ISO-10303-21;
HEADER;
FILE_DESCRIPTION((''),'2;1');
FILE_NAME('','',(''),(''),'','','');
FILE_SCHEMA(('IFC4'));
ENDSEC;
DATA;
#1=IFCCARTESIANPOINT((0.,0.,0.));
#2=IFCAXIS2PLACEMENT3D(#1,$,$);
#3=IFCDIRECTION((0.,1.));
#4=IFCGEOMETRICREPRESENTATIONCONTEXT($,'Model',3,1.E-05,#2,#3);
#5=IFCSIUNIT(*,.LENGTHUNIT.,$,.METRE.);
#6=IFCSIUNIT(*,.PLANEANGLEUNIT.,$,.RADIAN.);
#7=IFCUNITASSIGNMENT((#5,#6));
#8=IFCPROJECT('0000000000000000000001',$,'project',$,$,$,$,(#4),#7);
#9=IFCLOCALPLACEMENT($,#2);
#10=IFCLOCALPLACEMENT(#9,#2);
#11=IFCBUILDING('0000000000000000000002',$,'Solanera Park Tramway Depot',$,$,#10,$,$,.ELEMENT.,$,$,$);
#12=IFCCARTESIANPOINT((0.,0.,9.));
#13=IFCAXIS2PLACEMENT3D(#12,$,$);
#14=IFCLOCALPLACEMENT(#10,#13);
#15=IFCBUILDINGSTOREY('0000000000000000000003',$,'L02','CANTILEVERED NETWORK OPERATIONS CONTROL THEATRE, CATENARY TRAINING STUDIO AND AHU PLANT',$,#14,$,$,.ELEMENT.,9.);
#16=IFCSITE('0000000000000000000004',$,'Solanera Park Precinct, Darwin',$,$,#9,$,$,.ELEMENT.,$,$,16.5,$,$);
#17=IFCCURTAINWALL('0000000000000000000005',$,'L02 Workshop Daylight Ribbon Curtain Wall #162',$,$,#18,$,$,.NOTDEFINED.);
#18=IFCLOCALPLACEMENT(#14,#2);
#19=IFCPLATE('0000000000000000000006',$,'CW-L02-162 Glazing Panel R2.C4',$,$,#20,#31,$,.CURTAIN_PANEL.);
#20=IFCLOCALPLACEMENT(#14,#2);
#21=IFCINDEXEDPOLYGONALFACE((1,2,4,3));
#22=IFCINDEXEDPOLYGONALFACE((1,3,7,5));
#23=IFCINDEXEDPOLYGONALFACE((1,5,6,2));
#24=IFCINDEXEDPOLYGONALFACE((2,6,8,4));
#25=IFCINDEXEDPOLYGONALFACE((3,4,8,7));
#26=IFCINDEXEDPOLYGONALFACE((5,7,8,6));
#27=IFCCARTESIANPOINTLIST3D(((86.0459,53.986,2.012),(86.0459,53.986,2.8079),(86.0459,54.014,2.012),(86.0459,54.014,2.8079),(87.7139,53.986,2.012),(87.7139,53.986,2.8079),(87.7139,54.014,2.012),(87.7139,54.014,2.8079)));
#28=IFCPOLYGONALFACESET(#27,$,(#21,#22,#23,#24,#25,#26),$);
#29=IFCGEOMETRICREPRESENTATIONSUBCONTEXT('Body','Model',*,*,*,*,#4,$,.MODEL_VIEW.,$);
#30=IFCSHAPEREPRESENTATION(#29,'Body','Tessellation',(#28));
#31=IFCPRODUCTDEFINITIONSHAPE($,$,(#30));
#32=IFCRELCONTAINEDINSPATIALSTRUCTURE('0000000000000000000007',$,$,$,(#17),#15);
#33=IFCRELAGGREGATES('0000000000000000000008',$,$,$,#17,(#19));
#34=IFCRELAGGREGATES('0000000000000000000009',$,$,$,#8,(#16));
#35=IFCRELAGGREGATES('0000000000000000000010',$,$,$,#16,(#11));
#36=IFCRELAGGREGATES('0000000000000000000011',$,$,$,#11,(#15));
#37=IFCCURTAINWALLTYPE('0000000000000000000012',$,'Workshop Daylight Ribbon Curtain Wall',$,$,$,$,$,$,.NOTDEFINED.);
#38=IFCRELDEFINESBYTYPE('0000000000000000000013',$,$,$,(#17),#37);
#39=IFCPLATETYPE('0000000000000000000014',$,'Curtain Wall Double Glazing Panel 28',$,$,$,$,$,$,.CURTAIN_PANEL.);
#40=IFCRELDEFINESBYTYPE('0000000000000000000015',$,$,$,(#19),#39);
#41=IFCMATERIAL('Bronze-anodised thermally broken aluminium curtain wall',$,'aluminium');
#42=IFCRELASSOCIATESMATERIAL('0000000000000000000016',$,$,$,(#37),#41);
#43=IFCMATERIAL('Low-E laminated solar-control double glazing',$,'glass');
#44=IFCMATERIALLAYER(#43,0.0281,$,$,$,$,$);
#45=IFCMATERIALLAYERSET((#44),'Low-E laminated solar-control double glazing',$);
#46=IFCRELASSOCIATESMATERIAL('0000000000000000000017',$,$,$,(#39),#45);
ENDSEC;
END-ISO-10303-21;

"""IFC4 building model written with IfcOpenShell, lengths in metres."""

from ifc_helpers import new_model, si_unit, direction, frame, origin, origin_2d, place, context, subcontext, project, spatial, rectangle, extrude, material, layer, layer_set, type_object, element, aggregate, save


model = new_model("IFC4")

# Units and contexts
model_context = context("Model", 3, precision=1e-05, world=origin(), true_north=direction((0.0, 1.0)))
body_context = subcontext(model_context, "Body", "Model", "MODEL_VIEW")
ifc_project = project(units=[si_unit("LENGTHUNIT", "METRE"), si_unit("PLANEANGLEUNIT", "RADIAN")], contexts=[model_context])

# Site, building, storey
site_placement = place(None, origin())
site = spatial("IfcSite", under=ifc_project, at=site_placement, Name="Solanera Park Precinct, Darwin", CompositionType="ELEMENT", RefElevation=16.5)
building_placement = place(site_placement, origin())
building = spatial("IfcBuilding", under=site, at=building_placement, Name="Solanera Park Tramway Depot", CompositionType="ELEMENT")
storey_placement = place(building_placement, frame((0.0, 0.0, 9.0)))
storey = spatial("IfcBuildingStorey", under=building, at=storey_placement, Name="L02", Description="CANTILEVERED NETWORK OPERATIONS CONTROL THEATRE, CATENARY TRAINING STUDIO AND AHU PLANT", CompositionType="ELEMENT", Elevation=9.0)

# Curtain wall, plate
ifc_material_1 = material(Name="Bronze-anodised thermally broken aluminium curtain wall", Category="aluminium")
curtain_wall_type = type_object("IfcCurtainWallType", Name="Workshop Daylight Ribbon Curtain Wall", PredefinedType="NOTDEFINED", material=ifc_material_1)
curtain_wall_placement = place(storey_placement, origin())
curtain_wall = element("IfcCurtainWall", 1, at=curtain_wall_placement, inside=storey, type_object=curtain_wall_type, Name="L02 Workshop Daylight Ribbon Curtain Wall #162", PredefinedType="NOTDEFINED")
ifc_material_2 = material(Name="Low-E laminated solar-control double glazing", Category="glass")
ifc_layer = layer(ifc_material_2, 0.0281)
ifc_layer_set = layer_set([ifc_layer], Name="Low-E laminated solar-control double glazing")
plate_type = type_object("IfcPlateType", Name="Curtain Wall Double Glazing Panel 28", PredefinedType="CURTAIN_PANEL", material=ifc_layer_set)
plate_1_placement = place(storey_placement, frame((86.8799, 54.0, 2.012), z_axis=(0.0, 0.0, 1.0), x_axis=(-1.0, 0.0, 0.0)))
plate_1 = element("IfcPlate", 2, at=plate_1_placement, type_object=plate_type, Name="CW-L02-162 Glazing Panel R2.C4", PredefinedType="CURTAIN_PANEL", context=body_context, shape_type="SweptSolid", body=[
    extrude(rectangle(XDim=1.668, YDim=0.0281, at=origin_2d()), origin(), (0.0, 0.0, 1.0), 0.7959),
])
aggregate(curtain_wall, [plate_1])

save(model, "model.ifc")
